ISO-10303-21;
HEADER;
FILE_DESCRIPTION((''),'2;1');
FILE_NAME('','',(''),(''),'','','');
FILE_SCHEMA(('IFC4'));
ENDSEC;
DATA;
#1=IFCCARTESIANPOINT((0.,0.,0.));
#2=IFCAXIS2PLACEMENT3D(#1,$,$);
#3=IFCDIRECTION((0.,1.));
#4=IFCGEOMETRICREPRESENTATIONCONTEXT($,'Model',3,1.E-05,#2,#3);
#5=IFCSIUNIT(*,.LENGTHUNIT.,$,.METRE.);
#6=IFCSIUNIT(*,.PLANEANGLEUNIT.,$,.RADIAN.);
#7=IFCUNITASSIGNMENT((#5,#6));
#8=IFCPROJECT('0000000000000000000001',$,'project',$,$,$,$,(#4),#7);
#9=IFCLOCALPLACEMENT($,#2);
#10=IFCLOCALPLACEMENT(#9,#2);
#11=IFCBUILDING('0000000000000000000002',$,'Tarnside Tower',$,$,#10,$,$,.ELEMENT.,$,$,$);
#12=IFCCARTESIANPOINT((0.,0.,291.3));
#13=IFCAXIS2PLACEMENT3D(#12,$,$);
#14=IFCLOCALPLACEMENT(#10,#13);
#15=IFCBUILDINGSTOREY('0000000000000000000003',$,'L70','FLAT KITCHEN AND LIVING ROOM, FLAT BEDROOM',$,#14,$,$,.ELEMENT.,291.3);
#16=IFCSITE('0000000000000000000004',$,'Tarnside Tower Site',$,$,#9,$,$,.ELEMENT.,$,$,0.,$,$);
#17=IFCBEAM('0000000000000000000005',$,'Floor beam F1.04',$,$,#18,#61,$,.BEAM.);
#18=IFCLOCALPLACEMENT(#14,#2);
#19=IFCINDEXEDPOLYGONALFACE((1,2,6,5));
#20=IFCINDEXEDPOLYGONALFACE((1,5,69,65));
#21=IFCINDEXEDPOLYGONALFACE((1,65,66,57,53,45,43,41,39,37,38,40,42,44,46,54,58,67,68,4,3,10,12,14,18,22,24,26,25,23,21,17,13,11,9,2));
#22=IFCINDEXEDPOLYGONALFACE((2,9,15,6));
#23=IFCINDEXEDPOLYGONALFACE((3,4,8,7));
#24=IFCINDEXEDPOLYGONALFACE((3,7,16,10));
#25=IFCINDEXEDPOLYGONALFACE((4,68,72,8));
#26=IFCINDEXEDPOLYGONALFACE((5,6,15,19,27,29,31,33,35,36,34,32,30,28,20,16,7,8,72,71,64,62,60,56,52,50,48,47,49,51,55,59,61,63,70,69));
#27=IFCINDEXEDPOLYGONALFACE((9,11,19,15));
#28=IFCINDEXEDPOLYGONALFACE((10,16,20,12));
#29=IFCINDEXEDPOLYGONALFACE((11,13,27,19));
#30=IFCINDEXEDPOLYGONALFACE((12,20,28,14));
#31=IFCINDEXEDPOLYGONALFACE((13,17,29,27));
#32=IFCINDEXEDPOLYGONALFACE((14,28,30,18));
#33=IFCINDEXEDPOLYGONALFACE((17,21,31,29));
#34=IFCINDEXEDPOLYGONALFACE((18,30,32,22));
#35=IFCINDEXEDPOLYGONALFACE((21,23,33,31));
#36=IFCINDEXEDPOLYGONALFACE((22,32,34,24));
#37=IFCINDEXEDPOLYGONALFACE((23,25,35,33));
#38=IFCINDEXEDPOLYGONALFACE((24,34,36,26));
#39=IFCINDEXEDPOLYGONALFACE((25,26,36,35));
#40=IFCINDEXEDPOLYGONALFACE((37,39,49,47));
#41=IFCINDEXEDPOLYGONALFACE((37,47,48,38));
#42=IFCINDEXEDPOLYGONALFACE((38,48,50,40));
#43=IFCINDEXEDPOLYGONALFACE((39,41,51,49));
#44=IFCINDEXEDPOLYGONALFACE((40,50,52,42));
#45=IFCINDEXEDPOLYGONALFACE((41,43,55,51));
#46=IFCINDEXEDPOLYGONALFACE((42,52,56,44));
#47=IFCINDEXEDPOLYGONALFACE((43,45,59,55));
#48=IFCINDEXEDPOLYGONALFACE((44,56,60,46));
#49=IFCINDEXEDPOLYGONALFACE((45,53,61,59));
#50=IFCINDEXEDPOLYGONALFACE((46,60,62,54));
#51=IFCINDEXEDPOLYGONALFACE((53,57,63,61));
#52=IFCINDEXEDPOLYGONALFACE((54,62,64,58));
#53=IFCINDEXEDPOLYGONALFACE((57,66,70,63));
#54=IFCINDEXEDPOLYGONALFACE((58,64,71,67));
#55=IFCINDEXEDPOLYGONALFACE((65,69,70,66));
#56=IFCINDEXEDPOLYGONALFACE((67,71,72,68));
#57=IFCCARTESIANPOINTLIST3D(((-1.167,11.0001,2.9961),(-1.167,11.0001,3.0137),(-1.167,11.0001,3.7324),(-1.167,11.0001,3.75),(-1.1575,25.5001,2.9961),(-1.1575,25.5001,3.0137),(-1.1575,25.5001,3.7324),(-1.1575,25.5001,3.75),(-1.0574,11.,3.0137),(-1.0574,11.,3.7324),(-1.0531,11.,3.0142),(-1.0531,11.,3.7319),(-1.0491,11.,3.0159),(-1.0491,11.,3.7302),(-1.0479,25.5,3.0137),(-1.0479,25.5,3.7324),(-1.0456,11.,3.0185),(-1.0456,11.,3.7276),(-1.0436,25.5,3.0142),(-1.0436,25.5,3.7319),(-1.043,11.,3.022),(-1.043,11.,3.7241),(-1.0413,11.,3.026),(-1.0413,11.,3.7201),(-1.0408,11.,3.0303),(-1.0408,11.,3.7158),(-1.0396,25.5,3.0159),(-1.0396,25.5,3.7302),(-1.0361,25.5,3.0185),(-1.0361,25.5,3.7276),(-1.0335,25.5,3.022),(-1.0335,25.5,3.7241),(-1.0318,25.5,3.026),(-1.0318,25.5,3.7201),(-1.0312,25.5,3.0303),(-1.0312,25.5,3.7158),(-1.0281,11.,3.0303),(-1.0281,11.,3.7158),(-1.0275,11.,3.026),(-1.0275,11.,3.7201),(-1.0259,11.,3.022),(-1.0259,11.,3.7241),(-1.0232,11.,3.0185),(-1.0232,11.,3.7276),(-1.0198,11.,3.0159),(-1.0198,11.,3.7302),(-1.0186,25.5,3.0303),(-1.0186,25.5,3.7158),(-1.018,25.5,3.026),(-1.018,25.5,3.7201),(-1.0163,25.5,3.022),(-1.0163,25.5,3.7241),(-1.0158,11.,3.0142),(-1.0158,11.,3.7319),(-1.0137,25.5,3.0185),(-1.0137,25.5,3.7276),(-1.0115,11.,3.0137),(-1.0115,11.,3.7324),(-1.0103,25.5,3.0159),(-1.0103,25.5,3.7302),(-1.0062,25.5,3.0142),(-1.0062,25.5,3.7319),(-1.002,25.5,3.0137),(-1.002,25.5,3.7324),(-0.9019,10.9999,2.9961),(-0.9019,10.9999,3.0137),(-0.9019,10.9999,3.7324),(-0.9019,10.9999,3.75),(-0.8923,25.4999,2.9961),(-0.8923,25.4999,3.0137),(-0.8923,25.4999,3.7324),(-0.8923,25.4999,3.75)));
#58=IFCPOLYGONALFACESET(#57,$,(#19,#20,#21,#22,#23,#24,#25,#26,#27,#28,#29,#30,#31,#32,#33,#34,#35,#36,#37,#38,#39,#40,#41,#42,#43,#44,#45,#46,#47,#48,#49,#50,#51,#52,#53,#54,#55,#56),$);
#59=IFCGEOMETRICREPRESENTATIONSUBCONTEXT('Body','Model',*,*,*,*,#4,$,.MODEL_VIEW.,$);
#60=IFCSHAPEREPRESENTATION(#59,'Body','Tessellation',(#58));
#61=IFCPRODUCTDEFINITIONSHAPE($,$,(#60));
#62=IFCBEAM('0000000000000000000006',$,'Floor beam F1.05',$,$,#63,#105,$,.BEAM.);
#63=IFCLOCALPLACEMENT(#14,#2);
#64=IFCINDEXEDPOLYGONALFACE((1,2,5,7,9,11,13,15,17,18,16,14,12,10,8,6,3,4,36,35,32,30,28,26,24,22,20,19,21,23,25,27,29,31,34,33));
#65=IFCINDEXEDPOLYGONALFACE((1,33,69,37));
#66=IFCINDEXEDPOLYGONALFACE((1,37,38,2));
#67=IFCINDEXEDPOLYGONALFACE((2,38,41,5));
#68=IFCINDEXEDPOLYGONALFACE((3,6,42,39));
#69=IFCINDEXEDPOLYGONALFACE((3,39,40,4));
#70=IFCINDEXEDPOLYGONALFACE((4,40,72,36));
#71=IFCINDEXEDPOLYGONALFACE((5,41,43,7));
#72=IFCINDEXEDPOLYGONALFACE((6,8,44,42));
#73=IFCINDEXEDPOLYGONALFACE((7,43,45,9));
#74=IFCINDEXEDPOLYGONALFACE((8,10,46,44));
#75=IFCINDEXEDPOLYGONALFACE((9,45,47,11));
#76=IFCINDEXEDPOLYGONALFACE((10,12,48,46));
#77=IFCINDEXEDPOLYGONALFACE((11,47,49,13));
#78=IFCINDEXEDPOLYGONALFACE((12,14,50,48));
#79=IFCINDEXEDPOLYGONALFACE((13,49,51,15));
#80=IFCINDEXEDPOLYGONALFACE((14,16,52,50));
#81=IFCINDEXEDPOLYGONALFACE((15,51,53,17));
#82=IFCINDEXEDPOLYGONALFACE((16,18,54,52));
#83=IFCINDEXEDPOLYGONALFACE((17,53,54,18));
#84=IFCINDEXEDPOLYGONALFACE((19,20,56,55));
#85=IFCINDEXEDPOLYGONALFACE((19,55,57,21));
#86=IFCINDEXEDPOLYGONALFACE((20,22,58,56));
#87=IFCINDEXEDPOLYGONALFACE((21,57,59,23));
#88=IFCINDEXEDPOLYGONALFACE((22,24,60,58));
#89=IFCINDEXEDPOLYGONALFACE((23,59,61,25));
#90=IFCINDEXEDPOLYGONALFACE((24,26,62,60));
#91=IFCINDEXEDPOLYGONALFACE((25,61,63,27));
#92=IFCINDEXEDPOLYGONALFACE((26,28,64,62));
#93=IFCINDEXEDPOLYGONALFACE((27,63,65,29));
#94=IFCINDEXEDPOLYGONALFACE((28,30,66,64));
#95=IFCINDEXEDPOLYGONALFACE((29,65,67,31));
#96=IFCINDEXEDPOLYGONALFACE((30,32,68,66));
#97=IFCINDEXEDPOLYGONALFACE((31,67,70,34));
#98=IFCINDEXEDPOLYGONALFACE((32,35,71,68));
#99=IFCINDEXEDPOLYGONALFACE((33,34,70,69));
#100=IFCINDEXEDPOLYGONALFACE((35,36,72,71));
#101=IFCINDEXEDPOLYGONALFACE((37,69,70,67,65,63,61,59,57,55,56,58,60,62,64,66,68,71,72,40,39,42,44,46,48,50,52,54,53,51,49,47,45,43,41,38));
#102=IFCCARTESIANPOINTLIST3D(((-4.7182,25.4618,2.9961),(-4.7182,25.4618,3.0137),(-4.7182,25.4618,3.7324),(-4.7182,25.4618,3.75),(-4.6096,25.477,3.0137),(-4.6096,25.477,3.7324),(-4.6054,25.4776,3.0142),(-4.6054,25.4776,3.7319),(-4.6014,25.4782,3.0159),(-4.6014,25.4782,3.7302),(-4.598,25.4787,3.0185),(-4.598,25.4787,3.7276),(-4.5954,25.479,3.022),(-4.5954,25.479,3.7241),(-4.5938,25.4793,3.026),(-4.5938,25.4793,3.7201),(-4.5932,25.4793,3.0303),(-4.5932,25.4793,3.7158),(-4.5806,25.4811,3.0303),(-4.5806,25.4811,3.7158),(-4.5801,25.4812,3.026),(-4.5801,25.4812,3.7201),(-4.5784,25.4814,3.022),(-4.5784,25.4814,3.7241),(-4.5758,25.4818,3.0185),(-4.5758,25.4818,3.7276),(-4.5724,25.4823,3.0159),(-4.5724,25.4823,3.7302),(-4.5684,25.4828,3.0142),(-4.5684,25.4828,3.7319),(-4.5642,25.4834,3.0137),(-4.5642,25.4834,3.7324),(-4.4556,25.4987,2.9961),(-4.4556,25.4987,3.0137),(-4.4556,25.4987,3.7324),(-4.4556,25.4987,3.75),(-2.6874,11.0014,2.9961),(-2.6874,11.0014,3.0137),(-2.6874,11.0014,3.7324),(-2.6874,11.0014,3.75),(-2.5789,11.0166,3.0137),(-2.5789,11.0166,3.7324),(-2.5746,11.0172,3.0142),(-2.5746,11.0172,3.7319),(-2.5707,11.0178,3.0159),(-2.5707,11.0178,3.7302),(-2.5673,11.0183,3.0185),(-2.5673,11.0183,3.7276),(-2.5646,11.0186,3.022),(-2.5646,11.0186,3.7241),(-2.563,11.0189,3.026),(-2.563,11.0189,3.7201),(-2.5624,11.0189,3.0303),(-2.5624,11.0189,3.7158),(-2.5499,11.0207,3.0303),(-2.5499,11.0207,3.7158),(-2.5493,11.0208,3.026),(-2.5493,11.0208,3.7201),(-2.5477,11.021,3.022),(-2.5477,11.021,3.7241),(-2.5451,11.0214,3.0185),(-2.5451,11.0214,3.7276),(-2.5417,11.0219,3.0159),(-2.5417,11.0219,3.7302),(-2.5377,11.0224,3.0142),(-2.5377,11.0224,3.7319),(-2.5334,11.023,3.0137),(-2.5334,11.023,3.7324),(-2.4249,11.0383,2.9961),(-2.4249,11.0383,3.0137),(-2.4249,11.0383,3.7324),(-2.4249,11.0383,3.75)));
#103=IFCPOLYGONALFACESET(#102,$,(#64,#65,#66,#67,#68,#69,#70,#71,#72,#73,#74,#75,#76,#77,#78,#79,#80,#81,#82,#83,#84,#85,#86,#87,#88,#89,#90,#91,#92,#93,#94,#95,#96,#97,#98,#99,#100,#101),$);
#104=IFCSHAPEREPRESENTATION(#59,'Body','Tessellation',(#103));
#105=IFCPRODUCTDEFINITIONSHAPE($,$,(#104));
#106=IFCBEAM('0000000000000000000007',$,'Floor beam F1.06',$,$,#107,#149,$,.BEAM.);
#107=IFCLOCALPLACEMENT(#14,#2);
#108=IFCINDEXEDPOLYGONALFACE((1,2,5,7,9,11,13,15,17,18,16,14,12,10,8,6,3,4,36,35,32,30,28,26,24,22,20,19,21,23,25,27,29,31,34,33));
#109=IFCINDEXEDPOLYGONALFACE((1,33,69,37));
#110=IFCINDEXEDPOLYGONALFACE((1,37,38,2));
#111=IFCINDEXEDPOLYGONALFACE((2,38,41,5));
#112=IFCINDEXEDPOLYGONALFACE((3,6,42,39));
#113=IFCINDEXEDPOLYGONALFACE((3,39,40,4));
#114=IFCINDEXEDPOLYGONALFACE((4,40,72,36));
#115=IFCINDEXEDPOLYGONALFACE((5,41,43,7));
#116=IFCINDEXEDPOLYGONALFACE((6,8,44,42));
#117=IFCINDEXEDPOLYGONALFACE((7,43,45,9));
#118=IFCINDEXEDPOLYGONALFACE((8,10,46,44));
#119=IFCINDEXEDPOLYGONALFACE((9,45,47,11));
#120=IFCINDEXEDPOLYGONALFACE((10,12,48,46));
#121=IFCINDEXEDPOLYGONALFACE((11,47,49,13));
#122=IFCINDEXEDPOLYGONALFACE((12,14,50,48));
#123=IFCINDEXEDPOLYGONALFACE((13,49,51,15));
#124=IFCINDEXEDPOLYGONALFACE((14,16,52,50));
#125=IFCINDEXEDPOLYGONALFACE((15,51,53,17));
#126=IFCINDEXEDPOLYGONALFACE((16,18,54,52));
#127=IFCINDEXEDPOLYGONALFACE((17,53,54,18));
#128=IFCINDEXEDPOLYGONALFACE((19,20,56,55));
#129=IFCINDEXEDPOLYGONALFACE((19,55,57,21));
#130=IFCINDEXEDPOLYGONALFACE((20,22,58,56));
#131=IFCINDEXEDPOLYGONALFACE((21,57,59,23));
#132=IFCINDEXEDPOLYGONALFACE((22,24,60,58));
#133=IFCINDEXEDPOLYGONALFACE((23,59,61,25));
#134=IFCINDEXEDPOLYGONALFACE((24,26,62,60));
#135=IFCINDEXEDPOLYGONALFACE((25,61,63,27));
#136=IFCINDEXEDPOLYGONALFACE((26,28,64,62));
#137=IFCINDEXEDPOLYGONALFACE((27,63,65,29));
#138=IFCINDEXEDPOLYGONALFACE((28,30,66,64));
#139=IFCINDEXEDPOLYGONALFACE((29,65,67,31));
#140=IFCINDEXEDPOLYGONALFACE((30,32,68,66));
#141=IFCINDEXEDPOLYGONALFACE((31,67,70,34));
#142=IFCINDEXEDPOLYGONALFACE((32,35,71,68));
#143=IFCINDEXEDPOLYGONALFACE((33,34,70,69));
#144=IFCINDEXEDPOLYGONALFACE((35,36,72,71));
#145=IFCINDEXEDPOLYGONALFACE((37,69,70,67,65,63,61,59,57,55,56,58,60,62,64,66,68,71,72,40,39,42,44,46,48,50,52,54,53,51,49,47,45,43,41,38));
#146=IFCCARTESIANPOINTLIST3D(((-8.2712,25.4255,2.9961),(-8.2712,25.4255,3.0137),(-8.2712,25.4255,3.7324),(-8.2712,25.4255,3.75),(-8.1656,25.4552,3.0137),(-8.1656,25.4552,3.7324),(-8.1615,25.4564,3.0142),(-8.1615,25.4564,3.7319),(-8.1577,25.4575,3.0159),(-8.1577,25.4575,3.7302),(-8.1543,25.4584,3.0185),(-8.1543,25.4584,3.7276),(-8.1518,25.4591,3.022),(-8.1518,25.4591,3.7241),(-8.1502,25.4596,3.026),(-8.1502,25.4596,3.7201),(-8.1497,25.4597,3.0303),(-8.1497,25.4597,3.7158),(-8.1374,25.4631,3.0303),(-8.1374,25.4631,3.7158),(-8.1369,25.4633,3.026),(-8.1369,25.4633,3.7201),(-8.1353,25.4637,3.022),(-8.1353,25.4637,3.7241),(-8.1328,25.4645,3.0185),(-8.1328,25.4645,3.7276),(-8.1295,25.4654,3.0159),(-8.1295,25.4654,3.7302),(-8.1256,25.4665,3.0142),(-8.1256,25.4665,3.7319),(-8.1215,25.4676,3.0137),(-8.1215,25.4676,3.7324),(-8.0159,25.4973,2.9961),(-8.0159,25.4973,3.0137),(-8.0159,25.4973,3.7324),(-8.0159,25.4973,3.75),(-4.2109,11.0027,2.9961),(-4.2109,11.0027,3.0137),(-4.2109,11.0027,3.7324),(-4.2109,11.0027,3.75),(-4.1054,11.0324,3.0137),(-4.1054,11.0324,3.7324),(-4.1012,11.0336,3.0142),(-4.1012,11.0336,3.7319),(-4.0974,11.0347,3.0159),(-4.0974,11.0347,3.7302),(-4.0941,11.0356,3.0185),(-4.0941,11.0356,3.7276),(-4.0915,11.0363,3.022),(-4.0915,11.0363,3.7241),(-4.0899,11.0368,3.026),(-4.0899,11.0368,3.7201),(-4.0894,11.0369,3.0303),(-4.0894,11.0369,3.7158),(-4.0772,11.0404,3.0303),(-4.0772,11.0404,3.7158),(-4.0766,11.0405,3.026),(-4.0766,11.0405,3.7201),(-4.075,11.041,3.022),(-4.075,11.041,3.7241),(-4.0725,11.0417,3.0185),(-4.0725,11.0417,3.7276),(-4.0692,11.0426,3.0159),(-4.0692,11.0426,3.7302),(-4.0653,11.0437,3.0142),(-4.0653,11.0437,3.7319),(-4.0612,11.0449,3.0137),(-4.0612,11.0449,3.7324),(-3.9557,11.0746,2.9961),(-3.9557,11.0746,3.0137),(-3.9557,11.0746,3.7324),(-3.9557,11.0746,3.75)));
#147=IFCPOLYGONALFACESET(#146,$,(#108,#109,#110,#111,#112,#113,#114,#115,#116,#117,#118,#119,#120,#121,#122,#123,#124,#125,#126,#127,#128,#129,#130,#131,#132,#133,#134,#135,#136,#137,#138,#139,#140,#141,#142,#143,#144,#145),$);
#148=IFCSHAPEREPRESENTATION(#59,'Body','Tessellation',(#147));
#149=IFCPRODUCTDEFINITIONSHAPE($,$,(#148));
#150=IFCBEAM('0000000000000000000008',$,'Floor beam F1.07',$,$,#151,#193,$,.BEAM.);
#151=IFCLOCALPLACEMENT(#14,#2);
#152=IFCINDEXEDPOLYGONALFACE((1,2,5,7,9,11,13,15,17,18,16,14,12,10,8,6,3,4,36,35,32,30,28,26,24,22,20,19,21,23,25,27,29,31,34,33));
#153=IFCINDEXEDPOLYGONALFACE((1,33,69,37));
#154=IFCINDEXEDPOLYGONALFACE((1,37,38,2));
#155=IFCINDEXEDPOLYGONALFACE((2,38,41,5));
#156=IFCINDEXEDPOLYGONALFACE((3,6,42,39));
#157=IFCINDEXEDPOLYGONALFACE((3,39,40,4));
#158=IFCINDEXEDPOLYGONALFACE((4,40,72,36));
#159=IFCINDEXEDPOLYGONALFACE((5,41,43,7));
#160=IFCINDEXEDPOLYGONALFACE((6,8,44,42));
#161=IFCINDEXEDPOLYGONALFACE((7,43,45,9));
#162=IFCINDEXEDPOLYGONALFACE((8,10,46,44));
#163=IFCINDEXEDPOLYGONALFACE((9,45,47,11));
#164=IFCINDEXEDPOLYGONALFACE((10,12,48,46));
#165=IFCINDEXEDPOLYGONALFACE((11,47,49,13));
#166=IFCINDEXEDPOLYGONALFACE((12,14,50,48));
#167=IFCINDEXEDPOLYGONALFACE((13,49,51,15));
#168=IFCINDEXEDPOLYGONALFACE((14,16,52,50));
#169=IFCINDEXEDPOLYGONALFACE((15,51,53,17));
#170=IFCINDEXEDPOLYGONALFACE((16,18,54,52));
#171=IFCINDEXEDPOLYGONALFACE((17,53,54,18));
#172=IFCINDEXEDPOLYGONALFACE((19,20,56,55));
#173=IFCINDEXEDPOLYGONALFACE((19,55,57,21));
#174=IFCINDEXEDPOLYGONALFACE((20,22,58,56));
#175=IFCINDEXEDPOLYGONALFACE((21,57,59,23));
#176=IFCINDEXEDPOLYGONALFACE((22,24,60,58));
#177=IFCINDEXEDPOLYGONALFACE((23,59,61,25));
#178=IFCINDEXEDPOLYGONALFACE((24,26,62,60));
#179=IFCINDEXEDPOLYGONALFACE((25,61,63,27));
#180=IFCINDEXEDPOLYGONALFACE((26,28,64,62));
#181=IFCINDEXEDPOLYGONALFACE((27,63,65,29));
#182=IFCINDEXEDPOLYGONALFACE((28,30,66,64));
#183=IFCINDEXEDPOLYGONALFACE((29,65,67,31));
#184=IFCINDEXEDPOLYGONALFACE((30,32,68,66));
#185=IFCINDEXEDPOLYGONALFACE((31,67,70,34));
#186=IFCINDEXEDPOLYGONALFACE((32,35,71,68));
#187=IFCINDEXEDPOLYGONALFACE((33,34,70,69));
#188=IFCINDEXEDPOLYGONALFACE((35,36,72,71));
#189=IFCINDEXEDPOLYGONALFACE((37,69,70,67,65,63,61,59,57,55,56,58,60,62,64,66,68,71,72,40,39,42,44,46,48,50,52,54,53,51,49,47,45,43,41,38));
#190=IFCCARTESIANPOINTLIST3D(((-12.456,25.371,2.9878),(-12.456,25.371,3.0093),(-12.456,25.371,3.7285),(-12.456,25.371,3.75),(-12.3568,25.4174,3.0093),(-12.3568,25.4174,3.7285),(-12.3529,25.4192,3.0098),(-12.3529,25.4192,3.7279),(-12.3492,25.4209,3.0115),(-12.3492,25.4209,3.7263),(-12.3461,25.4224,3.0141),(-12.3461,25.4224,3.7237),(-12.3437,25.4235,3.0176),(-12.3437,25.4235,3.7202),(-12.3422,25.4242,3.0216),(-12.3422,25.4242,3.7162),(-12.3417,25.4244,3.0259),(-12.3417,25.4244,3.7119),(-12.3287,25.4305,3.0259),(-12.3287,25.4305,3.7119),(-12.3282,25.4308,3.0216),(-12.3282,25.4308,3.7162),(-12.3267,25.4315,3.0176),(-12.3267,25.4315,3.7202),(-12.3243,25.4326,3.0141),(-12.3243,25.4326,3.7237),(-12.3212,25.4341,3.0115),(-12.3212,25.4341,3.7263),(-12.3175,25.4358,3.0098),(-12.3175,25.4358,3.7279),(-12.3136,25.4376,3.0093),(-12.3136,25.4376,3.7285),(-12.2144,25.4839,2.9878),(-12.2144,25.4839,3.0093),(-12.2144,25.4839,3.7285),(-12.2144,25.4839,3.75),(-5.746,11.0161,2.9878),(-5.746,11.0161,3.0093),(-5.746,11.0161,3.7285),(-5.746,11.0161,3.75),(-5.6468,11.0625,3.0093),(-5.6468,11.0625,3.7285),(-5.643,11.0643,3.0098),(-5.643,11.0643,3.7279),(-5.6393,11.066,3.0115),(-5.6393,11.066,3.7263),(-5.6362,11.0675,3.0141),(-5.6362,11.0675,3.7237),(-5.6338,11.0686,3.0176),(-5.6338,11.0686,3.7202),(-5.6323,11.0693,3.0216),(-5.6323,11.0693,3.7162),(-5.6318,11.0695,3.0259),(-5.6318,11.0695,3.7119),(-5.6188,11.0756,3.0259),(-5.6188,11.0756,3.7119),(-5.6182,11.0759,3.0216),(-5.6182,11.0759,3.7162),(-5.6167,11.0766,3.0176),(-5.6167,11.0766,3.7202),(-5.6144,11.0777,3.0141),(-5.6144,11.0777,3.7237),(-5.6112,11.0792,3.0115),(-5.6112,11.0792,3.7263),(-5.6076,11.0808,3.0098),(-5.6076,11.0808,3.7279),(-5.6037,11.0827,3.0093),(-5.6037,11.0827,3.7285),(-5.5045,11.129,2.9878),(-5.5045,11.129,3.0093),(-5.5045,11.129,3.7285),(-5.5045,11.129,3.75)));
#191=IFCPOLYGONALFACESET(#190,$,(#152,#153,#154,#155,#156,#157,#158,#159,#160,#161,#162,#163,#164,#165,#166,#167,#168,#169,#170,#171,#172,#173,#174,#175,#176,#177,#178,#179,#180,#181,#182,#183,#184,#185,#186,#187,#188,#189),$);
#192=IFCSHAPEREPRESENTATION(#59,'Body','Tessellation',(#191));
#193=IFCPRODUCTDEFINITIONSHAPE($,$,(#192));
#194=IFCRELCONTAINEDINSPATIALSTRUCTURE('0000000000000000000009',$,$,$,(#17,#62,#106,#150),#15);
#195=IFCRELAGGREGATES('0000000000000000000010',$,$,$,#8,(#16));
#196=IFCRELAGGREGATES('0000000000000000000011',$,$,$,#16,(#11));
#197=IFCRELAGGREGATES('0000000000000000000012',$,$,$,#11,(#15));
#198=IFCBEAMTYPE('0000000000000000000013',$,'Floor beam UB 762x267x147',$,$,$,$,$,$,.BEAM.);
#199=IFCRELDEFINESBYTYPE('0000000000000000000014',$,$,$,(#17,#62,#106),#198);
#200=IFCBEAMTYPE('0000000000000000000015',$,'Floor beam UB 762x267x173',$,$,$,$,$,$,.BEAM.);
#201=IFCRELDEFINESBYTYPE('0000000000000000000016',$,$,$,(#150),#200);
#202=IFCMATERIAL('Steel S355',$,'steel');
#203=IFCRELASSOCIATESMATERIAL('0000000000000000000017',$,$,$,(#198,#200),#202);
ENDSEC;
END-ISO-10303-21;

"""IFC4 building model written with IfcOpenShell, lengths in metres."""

from ifc_helpers import new_model, si_unit, direction, frame, origin, origin_2d, place, context, subcontext, project, spatial, i_section, extrude, material, material_profile, profile_set, type_object, element, save


model = new_model("IFC4")

# Units and contexts
model_context = context("Model", 3, precision=1e-05, world=origin(), true_north=direction((0.0, 1.0)))
body_context = subcontext(model_context, "Body", "Model", "MODEL_VIEW")
ifc_project = project(units=[si_unit("LENGTHUNIT", "METRE"), si_unit("PLANEANGLEUNIT", "RADIAN")], contexts=[model_context])

# Site, building, storey
site_placement = place(None, origin())
site = spatial("IfcSite", under=ifc_project, at=site_placement, Name="Tarnside Tower Site", CompositionType="ELEMENT", RefElevation=0.0)
building_placement = place(site_placement, origin())
building = spatial("IfcBuilding", under=site, at=building_placement, Name="Tarnside Tower", CompositionType="ELEMENT")
storey_placement = place(building_placement, frame((0.0, 0.0, 291.3)))
storey = spatial("IfcBuildingStorey", under=building, at=storey_placement, Name="L70", Description="FLAT KITCHEN AND LIVING ROOM, FLAT BEDROOM", CompositionType="ELEMENT", Elevation=291.3)

# Beams
ifc_material_1 = material(Name="Steel S355", Category="steel")
ifc_material_profile_1 = material_profile(ifc_material_1, i_section(OverallWidth=0.2651, OverallDepth=0.7539, WebThickness=0.0127, FlangeThickness=0.0176, FilletRadius=0.0166, at=origin_2d()), Name="UB 762x267x147")
ifc_profile_set_1 = profile_set([ifc_material_profile_1], Name="Steel S355")
beam_type_1 = type_object("IfcBeamType", Name="Floor beam UB 762x267x147", PredefinedType="BEAM", material=ifc_profile_set_1)
beam_1_placement = place(storey_placement, frame((-1.0249, 25.5, 3.373), z_axis=(-0.000657, -1.0, 0.0), x_axis=(1.0, -0.000657, 0.0)))
element("IfcBeam", 1, at=beam_1_placement, inside=storey, type_object=beam_type_1, Name="Floor beam F1.04", PredefinedType="BEAM", context=body_context, shape_type="SweptSolid", body=[
    extrude(i_section(OverallWidth=0.2651, OverallDepth=0.7539, WebThickness=0.0127, FlangeThickness=0.0176, FilletRadius=0.0166, at=origin_2d()), origin(), (0.0, 0.0, 1.0), 14.5),
])
beam_2_placement = place(storey_placement, frame((-4.5869, 25.4802, 3.373), z_axis=(0.139071, -0.990282, 0.0), x_axis=(0.990282, 0.139071, 0.0)))
element("IfcBeam", 2, at=beam_2_placement, inside=storey, type_object=beam_type_1, Name="Floor beam F1.05", PredefinedType="BEAM", context=body_context, shape_type="SweptSolid", body=[
    extrude(i_section(OverallWidth=0.2651, OverallDepth=0.7539, WebThickness=0.0127, FlangeThickness=0.0176, FilletRadius=0.0166, at=origin_2d()), origin(), (0.0, 0.0, 1.0), 14.6023),
])
beam_3_placement = place(storey_placement, frame((-8.1436, 25.4614, 3.373), z_axis=(0.270985, -0.962583, 0.0), x_axis=(0.962583, 0.270985, 0.0)))
element("IfcBeam", 3, at=beam_3_placement, inside=storey, type_object=beam_type_1, Name="Floor beam F1.06", PredefinedType="BEAM", context=body_context, shape_type="SweptSolid", body=[
    extrude(i_section(OverallWidth=0.2651, OverallDepth=0.7539, WebThickness=0.0127, FlangeThickness=0.0176, FilletRadius=0.0166, at=origin_2d()), origin(), (0.0, 0.0, 1.0), 14.9834),
])
ifc_material_profile_2 = material_profile(ifc_material_1, i_section(OverallWidth=0.2666, OverallDepth=0.7622, WebThickness=0.0144, FlangeThickness=0.0215, FilletRadius=0.0166, at=origin_2d()), Name="UB 762x267x173")
ifc_profile_set_2 = profile_set([ifc_material_profile_2], Name="Steel S355")
beam_type_2 = type_object("IfcBeamType", Name="Floor beam UB 762x267x173", PredefinedType="BEAM", material=ifc_profile_set_2)
beam_4_placement = place(storey_placement, frame((-12.3352, 25.4275, 3.3689), z_axis=(0.423454, -0.905918, 0.0), x_axis=(0.905918, 0.423454, 0.0)))
element("IfcBeam", 4, at=beam_4_placement, inside=storey, type_object=beam_type_2, Name="Floor beam F1.07", PredefinedType="BEAM", context=body_context, shape_type="SweptSolid", body=[
    extrude(i_section(OverallWidth=0.2666, OverallDepth=0.7622, WebThickness=0.0144, FlangeThickness=0.0215, FilletRadius=0.0166, at=origin_2d()), origin(), (0.0, 0.0, 1.0), 15.8457),
])

save(model, "model.ifc")
